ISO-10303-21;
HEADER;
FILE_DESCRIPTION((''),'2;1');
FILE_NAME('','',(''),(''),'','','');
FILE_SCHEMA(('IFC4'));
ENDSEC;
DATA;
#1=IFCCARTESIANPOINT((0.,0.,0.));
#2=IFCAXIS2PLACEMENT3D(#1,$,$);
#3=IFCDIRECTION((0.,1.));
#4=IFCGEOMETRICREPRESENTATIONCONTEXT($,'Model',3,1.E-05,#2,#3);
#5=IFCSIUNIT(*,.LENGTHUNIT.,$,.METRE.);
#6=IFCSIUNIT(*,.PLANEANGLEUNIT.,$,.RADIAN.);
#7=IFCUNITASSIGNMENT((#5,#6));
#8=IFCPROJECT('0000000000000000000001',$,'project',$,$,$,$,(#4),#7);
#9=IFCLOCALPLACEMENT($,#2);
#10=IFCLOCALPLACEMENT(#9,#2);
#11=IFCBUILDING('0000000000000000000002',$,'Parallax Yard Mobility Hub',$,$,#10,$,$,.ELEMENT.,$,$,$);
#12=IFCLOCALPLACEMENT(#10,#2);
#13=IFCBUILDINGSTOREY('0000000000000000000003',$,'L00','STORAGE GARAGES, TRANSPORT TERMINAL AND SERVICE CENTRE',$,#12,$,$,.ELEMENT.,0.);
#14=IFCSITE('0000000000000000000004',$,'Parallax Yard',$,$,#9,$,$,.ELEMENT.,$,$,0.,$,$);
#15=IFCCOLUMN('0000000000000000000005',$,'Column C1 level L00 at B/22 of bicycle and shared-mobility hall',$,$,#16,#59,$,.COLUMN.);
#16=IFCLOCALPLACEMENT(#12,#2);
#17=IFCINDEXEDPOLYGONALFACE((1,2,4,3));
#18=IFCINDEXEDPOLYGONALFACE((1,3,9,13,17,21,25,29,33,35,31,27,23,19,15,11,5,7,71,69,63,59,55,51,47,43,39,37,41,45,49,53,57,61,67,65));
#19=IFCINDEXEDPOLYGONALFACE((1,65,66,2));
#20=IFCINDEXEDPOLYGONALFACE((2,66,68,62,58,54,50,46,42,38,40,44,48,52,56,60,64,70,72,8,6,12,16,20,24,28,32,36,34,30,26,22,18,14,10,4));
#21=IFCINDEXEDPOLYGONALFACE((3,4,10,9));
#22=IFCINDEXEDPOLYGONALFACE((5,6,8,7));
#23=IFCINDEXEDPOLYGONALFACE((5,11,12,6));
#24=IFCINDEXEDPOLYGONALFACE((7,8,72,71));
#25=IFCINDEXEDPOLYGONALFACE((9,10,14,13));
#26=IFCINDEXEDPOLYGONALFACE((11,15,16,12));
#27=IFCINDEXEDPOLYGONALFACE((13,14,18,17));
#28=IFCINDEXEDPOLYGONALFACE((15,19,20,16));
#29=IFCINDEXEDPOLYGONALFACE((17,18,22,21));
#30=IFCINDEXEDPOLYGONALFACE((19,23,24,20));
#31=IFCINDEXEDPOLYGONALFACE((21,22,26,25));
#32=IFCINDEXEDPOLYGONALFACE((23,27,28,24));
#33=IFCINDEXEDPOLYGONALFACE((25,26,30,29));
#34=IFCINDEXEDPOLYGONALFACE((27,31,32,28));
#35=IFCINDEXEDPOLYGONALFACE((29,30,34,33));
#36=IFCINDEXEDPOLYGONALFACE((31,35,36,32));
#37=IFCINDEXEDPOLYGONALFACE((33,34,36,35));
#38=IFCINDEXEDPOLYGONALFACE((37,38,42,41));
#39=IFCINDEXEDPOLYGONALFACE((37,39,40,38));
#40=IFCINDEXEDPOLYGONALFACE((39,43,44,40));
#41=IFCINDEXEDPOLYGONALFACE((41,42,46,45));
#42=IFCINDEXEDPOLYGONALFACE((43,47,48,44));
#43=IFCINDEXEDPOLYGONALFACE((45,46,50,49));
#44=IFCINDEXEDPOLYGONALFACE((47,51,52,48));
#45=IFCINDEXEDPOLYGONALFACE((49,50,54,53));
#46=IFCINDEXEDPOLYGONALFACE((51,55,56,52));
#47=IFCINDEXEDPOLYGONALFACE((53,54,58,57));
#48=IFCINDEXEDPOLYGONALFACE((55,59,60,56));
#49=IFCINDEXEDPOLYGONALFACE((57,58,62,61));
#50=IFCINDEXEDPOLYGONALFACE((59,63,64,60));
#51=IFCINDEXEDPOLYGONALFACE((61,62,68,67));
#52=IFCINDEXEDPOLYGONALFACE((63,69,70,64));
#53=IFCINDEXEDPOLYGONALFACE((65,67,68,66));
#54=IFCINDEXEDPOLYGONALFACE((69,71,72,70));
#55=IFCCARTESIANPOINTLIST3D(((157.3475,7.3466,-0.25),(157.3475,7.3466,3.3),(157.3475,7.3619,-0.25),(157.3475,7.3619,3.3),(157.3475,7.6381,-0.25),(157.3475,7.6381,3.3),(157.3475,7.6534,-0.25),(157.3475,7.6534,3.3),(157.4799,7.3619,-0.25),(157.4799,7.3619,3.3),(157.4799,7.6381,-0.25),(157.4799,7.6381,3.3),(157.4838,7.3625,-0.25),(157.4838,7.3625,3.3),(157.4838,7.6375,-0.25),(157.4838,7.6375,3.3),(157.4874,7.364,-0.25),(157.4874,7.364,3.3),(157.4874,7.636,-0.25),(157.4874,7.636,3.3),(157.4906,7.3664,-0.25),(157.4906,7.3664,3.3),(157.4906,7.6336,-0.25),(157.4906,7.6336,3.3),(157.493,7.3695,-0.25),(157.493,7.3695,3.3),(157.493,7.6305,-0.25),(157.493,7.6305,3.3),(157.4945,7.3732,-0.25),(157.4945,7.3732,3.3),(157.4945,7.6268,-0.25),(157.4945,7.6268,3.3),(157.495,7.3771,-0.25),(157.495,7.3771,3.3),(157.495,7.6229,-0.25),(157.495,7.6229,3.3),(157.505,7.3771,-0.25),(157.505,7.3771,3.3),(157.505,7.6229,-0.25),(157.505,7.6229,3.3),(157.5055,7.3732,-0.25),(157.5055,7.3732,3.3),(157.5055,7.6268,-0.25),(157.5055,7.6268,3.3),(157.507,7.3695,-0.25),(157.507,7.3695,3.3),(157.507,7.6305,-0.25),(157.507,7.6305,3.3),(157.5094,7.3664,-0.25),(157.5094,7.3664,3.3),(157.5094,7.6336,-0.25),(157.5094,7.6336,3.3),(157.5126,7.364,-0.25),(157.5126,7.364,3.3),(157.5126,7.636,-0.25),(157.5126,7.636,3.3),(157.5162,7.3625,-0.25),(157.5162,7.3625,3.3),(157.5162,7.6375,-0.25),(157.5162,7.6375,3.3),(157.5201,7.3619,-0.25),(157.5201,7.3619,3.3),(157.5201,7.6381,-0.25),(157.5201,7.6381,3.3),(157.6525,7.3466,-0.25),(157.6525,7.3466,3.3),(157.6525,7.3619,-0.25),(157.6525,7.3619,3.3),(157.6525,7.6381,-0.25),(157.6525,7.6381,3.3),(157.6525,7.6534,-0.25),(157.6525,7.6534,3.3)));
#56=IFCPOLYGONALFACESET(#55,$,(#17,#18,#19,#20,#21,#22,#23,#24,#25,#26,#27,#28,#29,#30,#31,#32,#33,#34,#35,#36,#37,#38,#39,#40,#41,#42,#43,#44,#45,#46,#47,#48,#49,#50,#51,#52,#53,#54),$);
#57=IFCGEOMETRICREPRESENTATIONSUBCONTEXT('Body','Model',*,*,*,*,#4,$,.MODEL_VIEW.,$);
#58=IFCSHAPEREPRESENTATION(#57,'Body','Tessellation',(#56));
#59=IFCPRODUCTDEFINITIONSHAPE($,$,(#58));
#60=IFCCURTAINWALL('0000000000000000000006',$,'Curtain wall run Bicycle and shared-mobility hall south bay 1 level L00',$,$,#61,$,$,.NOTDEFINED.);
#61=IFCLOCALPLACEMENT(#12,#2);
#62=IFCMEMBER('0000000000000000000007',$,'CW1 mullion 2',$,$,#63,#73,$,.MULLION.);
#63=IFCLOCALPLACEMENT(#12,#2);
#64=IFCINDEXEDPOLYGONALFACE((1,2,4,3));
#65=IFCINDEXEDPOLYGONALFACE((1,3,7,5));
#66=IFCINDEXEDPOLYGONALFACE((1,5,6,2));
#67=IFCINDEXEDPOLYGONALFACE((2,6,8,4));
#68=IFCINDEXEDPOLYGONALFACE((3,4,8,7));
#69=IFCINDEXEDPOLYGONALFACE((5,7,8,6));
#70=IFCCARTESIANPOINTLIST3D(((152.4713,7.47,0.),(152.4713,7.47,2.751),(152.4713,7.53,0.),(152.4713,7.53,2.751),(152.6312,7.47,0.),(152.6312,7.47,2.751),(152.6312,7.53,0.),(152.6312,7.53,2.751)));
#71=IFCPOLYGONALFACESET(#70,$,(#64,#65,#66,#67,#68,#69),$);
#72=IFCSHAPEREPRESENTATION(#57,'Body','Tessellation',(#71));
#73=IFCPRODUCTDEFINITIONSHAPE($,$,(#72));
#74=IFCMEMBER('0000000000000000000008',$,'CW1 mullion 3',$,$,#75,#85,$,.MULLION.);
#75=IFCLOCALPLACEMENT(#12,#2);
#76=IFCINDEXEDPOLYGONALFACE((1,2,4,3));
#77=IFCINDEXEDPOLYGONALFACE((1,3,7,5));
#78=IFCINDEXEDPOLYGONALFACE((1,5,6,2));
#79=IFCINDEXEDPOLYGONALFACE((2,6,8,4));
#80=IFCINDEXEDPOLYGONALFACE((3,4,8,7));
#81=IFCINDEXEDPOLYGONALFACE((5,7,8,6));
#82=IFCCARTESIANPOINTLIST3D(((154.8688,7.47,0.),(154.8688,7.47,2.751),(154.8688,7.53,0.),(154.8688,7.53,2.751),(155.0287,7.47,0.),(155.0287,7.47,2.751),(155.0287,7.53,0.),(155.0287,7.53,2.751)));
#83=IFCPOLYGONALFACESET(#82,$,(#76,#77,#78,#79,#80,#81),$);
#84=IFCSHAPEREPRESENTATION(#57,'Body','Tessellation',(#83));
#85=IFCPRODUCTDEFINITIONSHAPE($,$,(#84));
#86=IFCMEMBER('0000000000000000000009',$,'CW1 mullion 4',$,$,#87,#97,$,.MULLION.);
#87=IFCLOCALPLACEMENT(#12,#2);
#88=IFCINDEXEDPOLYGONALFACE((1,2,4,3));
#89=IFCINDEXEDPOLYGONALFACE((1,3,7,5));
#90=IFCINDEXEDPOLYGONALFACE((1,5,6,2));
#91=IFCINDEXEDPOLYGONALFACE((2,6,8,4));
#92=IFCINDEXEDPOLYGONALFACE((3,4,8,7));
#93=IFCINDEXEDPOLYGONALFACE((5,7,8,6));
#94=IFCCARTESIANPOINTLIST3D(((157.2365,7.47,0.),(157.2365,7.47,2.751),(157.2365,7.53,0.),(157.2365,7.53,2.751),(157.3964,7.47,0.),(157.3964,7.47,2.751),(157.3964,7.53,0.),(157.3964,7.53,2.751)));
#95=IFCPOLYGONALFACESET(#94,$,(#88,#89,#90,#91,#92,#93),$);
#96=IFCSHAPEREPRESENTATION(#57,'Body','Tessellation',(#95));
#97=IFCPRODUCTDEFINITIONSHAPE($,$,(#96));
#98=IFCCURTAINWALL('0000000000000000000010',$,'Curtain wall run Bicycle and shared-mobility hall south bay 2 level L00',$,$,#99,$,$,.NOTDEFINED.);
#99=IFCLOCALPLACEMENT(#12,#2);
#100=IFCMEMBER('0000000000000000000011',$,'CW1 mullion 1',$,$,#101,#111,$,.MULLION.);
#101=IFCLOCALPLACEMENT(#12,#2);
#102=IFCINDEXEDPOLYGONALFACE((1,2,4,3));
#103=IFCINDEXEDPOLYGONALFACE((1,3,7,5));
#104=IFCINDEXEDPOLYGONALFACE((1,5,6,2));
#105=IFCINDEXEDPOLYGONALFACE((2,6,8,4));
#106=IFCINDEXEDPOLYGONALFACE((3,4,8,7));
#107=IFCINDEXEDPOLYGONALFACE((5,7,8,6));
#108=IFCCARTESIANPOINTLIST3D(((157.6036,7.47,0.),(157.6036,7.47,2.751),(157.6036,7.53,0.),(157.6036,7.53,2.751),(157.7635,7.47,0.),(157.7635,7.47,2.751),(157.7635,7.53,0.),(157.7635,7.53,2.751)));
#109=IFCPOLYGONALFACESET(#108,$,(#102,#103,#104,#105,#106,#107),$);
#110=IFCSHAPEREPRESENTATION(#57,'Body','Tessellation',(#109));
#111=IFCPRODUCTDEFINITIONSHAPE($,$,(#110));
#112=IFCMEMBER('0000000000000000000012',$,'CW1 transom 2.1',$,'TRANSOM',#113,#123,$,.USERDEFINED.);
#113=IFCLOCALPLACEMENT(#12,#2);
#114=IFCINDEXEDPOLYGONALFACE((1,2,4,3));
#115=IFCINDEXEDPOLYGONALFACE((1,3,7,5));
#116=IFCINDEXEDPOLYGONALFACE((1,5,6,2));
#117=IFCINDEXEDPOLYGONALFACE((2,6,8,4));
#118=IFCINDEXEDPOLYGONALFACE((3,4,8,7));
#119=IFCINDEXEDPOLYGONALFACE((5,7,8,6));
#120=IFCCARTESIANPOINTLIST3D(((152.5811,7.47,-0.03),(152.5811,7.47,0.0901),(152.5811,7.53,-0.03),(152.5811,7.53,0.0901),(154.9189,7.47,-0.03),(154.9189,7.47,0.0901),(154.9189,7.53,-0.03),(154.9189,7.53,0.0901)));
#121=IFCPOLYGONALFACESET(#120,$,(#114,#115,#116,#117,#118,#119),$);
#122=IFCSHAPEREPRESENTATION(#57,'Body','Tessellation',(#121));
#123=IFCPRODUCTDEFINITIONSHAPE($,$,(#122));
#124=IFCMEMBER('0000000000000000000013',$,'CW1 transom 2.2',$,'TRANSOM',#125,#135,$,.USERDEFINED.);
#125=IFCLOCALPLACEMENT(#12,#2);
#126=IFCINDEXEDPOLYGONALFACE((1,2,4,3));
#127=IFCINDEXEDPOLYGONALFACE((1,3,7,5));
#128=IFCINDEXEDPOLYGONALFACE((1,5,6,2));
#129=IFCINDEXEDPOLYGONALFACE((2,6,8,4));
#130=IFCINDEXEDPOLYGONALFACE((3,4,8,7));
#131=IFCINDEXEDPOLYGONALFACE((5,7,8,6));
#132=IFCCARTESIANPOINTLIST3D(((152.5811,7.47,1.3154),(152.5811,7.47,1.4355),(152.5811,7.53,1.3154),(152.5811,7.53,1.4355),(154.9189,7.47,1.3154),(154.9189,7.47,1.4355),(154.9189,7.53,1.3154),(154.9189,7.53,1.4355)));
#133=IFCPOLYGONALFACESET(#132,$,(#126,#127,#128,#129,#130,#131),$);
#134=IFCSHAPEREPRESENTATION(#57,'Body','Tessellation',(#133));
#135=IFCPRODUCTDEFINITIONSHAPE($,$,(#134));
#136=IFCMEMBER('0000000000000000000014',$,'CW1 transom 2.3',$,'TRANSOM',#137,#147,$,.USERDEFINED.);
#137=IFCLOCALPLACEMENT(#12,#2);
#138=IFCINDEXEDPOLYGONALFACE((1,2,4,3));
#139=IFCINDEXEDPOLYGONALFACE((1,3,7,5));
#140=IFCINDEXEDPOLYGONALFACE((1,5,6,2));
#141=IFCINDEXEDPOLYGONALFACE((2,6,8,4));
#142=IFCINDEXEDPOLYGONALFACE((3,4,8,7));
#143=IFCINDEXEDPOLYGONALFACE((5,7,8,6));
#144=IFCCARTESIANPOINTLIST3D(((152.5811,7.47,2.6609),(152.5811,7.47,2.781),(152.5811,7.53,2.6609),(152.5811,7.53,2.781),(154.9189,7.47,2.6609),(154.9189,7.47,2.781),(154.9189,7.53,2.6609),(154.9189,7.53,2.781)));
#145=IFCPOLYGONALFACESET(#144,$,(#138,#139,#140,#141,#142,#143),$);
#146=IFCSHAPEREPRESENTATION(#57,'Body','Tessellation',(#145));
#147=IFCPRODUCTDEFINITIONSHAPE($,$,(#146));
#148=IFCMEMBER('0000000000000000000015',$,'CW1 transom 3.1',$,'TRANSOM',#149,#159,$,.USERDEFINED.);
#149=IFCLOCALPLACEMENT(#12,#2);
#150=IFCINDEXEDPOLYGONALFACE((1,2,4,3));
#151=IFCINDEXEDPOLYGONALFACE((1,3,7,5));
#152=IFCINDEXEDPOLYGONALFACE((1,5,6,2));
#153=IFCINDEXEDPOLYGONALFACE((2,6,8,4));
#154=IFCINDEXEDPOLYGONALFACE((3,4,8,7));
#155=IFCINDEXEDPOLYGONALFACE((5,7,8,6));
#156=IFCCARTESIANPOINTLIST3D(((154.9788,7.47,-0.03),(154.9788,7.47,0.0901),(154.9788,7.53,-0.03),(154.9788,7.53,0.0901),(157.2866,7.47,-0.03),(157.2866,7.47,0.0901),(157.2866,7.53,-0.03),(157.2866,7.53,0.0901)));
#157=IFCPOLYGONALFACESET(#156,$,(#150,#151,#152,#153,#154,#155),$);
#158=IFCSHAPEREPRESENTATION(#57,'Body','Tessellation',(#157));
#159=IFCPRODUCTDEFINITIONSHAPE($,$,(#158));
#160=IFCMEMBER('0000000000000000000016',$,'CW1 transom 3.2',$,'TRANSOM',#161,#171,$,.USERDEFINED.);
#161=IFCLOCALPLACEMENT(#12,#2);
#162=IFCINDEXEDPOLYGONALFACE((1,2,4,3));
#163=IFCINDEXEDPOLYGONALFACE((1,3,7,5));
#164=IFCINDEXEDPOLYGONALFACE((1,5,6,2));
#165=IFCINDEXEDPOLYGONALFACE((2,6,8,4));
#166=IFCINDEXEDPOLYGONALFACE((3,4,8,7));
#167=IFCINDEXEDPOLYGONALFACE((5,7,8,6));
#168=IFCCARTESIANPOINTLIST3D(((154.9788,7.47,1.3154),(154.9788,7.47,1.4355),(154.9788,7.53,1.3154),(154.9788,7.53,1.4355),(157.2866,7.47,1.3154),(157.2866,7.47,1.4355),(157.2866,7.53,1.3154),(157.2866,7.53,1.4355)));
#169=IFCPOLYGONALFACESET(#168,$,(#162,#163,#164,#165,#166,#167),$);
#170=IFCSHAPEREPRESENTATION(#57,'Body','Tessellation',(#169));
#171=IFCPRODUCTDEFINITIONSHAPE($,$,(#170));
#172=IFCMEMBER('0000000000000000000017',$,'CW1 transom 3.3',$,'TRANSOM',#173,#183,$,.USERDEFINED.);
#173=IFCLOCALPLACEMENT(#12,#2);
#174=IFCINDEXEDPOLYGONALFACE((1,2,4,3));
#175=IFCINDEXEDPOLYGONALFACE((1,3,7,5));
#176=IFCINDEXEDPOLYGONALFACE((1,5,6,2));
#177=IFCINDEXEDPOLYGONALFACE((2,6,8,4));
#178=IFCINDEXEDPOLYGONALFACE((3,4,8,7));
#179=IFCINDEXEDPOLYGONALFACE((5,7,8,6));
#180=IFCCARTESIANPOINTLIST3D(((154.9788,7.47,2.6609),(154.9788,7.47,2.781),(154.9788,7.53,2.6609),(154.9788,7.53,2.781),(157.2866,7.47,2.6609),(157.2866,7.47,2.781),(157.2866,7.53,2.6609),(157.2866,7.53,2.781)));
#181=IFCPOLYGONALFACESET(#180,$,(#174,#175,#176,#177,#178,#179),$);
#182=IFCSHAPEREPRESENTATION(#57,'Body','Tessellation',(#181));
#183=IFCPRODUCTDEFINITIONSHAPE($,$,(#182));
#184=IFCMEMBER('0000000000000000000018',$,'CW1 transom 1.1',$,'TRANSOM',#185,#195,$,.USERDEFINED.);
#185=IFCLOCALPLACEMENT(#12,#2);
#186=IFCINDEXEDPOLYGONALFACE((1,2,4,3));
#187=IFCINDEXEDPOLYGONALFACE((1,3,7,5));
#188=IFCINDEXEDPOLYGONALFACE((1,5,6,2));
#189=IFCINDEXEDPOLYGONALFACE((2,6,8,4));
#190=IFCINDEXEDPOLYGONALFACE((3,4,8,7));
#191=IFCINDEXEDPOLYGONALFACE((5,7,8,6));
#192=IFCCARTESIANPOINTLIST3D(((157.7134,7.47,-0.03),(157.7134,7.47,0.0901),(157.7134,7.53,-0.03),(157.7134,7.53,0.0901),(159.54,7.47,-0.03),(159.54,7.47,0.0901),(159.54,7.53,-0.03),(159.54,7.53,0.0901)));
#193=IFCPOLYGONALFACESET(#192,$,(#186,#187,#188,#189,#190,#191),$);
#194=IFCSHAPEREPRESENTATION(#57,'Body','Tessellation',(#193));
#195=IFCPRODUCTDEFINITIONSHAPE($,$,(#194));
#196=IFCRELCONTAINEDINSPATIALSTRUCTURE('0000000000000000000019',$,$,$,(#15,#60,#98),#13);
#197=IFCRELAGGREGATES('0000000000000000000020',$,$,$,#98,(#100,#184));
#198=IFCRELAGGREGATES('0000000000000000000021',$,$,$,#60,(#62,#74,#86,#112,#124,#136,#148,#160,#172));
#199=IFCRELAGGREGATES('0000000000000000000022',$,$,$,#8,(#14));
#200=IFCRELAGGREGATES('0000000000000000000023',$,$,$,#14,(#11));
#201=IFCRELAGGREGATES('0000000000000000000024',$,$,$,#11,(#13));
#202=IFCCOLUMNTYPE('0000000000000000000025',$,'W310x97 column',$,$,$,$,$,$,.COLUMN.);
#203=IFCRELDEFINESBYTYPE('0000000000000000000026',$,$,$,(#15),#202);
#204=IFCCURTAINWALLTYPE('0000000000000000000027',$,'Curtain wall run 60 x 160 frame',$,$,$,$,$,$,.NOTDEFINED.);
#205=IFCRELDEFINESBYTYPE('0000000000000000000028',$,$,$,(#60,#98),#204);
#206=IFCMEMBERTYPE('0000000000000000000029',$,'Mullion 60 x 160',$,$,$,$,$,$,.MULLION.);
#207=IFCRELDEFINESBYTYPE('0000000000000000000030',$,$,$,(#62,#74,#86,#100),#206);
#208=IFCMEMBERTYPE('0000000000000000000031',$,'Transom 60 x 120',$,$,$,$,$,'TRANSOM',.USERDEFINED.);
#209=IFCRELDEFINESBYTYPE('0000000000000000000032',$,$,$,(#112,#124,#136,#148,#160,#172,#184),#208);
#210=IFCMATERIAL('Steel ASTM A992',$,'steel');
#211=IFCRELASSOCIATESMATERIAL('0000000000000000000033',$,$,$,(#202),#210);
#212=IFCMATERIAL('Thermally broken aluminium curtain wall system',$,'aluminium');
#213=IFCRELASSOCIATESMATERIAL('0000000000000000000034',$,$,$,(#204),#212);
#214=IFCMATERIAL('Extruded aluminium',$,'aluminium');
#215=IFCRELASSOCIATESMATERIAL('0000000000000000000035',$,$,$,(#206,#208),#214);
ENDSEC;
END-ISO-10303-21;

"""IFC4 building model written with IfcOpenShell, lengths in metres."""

from ifc_helpers import new_model, si_unit, direction, frame, origin, origin_2d, place, context, subcontext, project, spatial, rectangle, i_section, extrude, material, material_profile, profile_set, type_object, element, aggregate, save


model = new_model("IFC4")

# Units and contexts
model_context = context("Model", 3, precision=1e-05, world=origin(), true_north=direction((0.0, 1.0)))
body_context = subcontext(model_context, "Body", "Model", "MODEL_VIEW")
ifc_project = project(units=[si_unit("LENGTHUNIT", "METRE"), si_unit("PLANEANGLEUNIT", "RADIAN")], contexts=[model_context])

# Site, building, storey
site_placement = place(None, origin())
site = spatial("IfcSite", under=ifc_project, at=site_placement, Name="Parallax Yard", CompositionType="ELEMENT", RefElevation=0.0)
building_placement = place(site_placement, origin())
building = spatial("IfcBuilding", under=site, at=building_placement, Name="Parallax Yard Mobility Hub", CompositionType="ELEMENT")
storey_placement = place(building_placement, origin())
storey = spatial("IfcBuildingStorey", under=building, at=storey_placement, Name="L00", Description="STORAGE GARAGES, TRANSPORT TERMINAL AND SERVICE CENTRE", CompositionType="ELEMENT", Elevation=0.0)

# Column
ifc_material_1 = material(Name="Steel ASTM A992", Category="steel")
ifc_material_profile_1 = material_profile(ifc_material_1, i_section(OverallWidth=0.3049, OverallDepth=0.3069, WebThickness=0.01, FlangeThickness=0.0154, FilletRadius=0.0151, at=origin_2d()), Name="W310x97")
ifc_profile_set_1 = profile_set([ifc_material_profile_1], Name="Steel ASTM A992")
column_type_1 = type_object("IfcColumnType", Name="W310x97 column", PredefinedType="COLUMN", material=ifc_profile_set_1)
column_1_placement = place(storey_placement, frame((157.5, 7.5, -0.25), z_axis=(0.0, 0.0, 1.0), x_axis=(1.0, 0.0, 0.0)))
element("IfcColumn", 1, at=column_1_placement, inside=storey, type_object=column_type_1, Name="Column C1 level L00 at B/22 of bicycle and shared-mobility hall", PredefinedType="COLUMN", context=body_context, shape_type="SweptSolid", body=[
    extrude(i_section(OverallWidth=0.3049, OverallDepth=0.3069, WebThickness=0.01, FlangeThickness=0.0154, FilletRadius=0.0151, at=origin_2d()), origin(), (0.0, 0.0, 1.0), 3.55),
])

# Curtain wall, members
ifc_material_2 = material(Name="Thermally broken aluminium curtain wall system", Category="aluminium")
curtain_wall_type = type_object("IfcCurtainWallType", Name="Curtain wall run 60 x 160 frame", PredefinedType="NOTDEFINED", material=ifc_material_2)
curtain_wall_1_placement = place(storey_placement, origin())
curtain_wall_1 = element("IfcCurtainWall", 2, at=curtain_wall_1_placement, inside=storey, type_object=curtain_wall_type, Name="Curtain wall run Bicycle and shared-mobility hall south bay 1 level L00", PredefinedType="NOTDEFINED")
ifc_material_3 = material(Name="Extruded aluminium", Category="aluminium")
ifc_material_profile_2 = material_profile(ifc_material_3, rectangle(XDim=0.0601, YDim=0.1599, at=origin_2d()), Name="Mullion 60 x 160")
ifc_profile_set_2 = profile_set([ifc_material_profile_2], Name="Extruded aluminium")
member_type_1 = type_object("IfcMemberType", Name="Mullion 60 x 160", PredefinedType="MULLION", material=ifc_profile_set_2)
member_1_placement = place(storey_placement, frame((152.5513, 7.5, 0.0), z_axis=(0.0, 0.0, 1.0), x_axis=(0.0, 1.0, 0.0)))
member_1 = element("IfcMember", 3, at=member_1_placement, type_object=member_type_1, Name="CW1 mullion 2", PredefinedType="MULLION", context=body_context, shape_type="SweptSolid", body=[
    extrude(rectangle(XDim=0.0601, YDim=0.1599, at=origin_2d()), origin(), (0.0, 0.0, 1.0), 2.751),
])
member_2_placement = place(storey_placement, frame((154.9487, 7.5, 0.0), z_axis=(0.0, 0.0, 1.0), x_axis=(0.0, 1.0, 0.0)))
member_2 = element("IfcMember", 4, at=member_2_placement, type_object=member_type_1, Name="CW1 mullion 3", PredefinedType="MULLION", context=body_context, shape_type="SweptSolid", body=[
    extrude(rectangle(XDim=0.0601, YDim=0.1599, at=origin_2d()), origin(), (0.0, 0.0, 1.0), 2.751),
])
member_3_placement = place(storey_placement, frame((157.3164, 7.5, 0.0), z_axis=(0.0, 0.0, 1.0), x_axis=(0.0, 1.0, 0.0)))
member_3 = element("IfcMember", 5, at=member_3_placement, type_object=member_type_1, Name="CW1 mullion 4", PredefinedType="MULLION", context=body_context, shape_type="SweptSolid", body=[
    extrude(rectangle(XDim=0.0601, YDim=0.1599, at=origin_2d()), origin(), (0.0, 0.0, 1.0), 2.751),
])

# Curtain wall, member
curtain_wall_2_placement = place(storey_placement, origin())
curtain_wall_2 = element("IfcCurtainWall", 6, at=curtain_wall_2_placement, inside=storey, type_object=curtain_wall_type, Name="Curtain wall run Bicycle and shared-mobility hall south bay 2 level L00", PredefinedType="NOTDEFINED")
member_4_placement = place(storey_placement, frame((157.6836, 7.5, 0.0), z_axis=(0.0, 0.0, 1.0), x_axis=(0.0, 1.0, 0.0)))
member_4 = element("IfcMember", 7, at=member_4_placement, type_object=member_type_1, Name="CW1 mullion 1", PredefinedType="MULLION", context=body_context, shape_type="SweptSolid", body=[
    extrude(rectangle(XDim=0.0601, YDim=0.1599, at=origin_2d()), origin(), (0.0, 0.0, 1.0), 2.751),
])

# Members
ifc_material_profile_3 = material_profile(ifc_material_3, rectangle(XDim=0.0601, YDim=0.1201, at=origin_2d()), Name="Transom 60 x 120")
ifc_profile_set_3 = profile_set([ifc_material_profile_3], Name="Extruded aluminium")
member_type_2 = type_object("IfcMemberType", Name="Transom 60 x 120", ElementType="TRANSOM", PredefinedType="USERDEFINED", material=ifc_profile_set_3)
member_5_placement = place(storey_placement, frame((152.5811, 7.5, 0.03), z_axis=(1.0, 0.0, 0.0), x_axis=(0.0, 1.0, 0.0)))
member_5 = element("IfcMember", 8, at=member_5_placement, type_object=member_type_2, Name="CW1 transom 2.1", ObjectType="TRANSOM", PredefinedType="USERDEFINED", context=body_context, shape_type="SweptSolid", body=[
    extrude(rectangle(XDim=0.0601, YDim=0.1201, at=origin_2d()), origin(), (0.0, 0.0, 1.0), 2.3379),
])
member_6_placement = place(storey_placement, frame((152.5811, 7.5, 1.3755), z_axis=(1.0, 0.0, 0.0), x_axis=(0.0, 1.0, 0.0)))
member_6 = element("IfcMember", 9, at=member_6_placement, type_object=member_type_2, Name="CW1 transom 2.2", ObjectType="TRANSOM", PredefinedType="USERDEFINED", context=body_context, shape_type="SweptSolid", body=[
    extrude(rectangle(XDim=0.0601, YDim=0.1201, at=origin_2d()), origin(), (0.0, 0.0, 1.0), 2.3379),
])
member_7_placement = place(storey_placement, frame((152.5811, 7.5, 2.7209), z_axis=(1.0, 0.0, 0.0), x_axis=(0.0, 1.0, 0.0)))
member_7 = element("IfcMember", 10, at=member_7_placement, type_object=member_type_2, Name="CW1 transom 2.3", ObjectType="TRANSOM", PredefinedType="USERDEFINED", context=body_context, shape_type="SweptSolid", body=[
    extrude(rectangle(XDim=0.0601, YDim=0.1201, at=origin_2d()), origin(), (0.0, 0.0, 1.0), 2.3379),
])
member_8_placement = place(storey_placement, frame((154.9788, 7.5, 0.03), z_axis=(1.0, 0.0, 0.0), x_axis=(0.0, 1.0, 0.0)))
member_8 = element("IfcMember", 11, at=member_8_placement, type_object=member_type_2, Name="CW1 transom 3.1", ObjectType="TRANSOM", PredefinedType="USERDEFINED", context=body_context, shape_type="SweptSolid", body=[
    extrude(rectangle(XDim=0.0601, YDim=0.1201, at=origin_2d()), origin(), (0.0, 0.0, 1.0), 2.3079),
])
member_9_placement = place(storey_placement, frame((154.9788, 7.5, 1.3755), z_axis=(1.0, 0.0, 0.0), x_axis=(0.0, 1.0, 0.0)))
member_9 = element("IfcMember", 12, at=member_9_placement, type_object=member_type_2, Name="CW1 transom 3.2", ObjectType="TRANSOM", PredefinedType="USERDEFINED", context=body_context, shape_type="SweptSolid", body=[
    extrude(rectangle(XDim=0.0601, YDim=0.1201, at=origin_2d()), origin(), (0.0, 0.0, 1.0), 2.3079),
])
member_10_placement = place(storey_placement, frame((154.9788, 7.5, 2.7209), z_axis=(1.0, 0.0, 0.0), x_axis=(0.0, 1.0, 0.0)))
member_10 = element("IfcMember", 13, at=member_10_placement, type_object=member_type_2, Name="CW1 transom 3.3", ObjectType="TRANSOM", PredefinedType="USERDEFINED", context=body_context, shape_type="SweptSolid", body=[
    extrude(rectangle(XDim=0.0601, YDim=0.1201, at=origin_2d()), origin(), (0.0, 0.0, 1.0), 2.3079),
])
member_11_placement = place(storey_placement, frame((157.7134, 7.5, 0.03), z_axis=(1.0, 0.0, 0.0), x_axis=(0.0, 1.0, 0.0)))
member_11 = element("IfcMember", 14, at=member_11_placement, type_object=member_type_2, Name="CW1 transom 1.1", ObjectType="TRANSOM", PredefinedType="USERDEFINED", context=body_context, shape_type="SweptSolid", body=[
    extrude(rectangle(XDim=0.0601, YDim=0.1201, at=origin_2d()), origin(), (0.0, 0.0, 1.0), 1.8267),
])
aggregate(curtain_wall_2, [member_4, member_11])

aggregate(curtain_wall_1, [member_1, member_2, member_3, member_5, member_6, member_7, member_8, member_9, member_10])

save(model, "model.ifc")
